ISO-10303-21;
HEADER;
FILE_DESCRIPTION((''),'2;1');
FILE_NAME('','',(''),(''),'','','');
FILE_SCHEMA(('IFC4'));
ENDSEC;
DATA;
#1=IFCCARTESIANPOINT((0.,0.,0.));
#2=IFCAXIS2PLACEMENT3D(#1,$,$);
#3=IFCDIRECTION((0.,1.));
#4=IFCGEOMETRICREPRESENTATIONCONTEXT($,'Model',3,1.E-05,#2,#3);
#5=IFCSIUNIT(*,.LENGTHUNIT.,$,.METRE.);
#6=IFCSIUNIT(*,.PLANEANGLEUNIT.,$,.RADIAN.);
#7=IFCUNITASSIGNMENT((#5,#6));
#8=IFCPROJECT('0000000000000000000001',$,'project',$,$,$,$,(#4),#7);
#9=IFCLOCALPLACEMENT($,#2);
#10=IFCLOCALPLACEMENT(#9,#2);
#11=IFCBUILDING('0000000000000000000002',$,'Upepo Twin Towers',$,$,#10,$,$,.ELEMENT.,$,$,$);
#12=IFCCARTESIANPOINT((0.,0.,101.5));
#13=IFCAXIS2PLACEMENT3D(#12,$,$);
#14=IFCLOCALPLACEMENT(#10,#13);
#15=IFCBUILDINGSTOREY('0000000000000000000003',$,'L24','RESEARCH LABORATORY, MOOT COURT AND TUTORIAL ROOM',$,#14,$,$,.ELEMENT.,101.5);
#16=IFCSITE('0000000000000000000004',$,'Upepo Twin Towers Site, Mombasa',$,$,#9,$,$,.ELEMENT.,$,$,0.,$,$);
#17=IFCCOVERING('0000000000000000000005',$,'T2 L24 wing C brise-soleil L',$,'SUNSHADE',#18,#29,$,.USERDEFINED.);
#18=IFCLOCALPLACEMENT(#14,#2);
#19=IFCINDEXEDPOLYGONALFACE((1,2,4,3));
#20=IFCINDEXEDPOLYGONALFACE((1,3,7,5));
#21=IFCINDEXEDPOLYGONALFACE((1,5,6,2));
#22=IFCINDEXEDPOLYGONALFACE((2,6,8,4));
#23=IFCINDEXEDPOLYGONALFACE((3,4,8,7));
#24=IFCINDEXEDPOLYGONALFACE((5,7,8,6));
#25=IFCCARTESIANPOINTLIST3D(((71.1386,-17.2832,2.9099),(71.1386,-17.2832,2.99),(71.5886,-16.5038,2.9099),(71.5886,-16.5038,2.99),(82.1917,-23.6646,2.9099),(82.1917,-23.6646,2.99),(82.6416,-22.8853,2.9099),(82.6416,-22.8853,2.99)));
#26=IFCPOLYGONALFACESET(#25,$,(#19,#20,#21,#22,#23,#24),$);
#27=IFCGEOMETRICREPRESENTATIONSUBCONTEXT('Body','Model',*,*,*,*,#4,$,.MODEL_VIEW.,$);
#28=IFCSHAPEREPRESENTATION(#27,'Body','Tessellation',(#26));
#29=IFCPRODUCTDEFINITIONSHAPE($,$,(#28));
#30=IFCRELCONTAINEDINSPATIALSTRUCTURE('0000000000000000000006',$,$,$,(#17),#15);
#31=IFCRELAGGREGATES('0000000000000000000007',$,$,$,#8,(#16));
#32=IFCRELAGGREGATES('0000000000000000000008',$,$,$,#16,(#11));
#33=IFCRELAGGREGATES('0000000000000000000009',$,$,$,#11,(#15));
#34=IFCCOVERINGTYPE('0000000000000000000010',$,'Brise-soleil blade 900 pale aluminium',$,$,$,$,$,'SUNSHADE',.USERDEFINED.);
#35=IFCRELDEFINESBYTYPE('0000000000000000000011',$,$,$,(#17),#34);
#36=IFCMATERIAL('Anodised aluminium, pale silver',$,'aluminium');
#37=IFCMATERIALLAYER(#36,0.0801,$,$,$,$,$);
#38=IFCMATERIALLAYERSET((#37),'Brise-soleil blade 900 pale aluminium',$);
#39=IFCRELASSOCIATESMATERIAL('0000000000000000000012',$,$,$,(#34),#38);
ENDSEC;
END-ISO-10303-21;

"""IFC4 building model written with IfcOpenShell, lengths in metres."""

from ifc_helpers import new_model, si_unit, direction, frame, origin, origin_2d, place, context, subcontext, project, spatial, rectangle, extrude, material, layer, layer_set, type_object, element, save


model = new_model("IFC4")

# Units and contexts
model_context = context("Model", 3, precision=1e-05, world=origin(), true_north=direction((0.0, 1.0)))
body_context = subcontext(model_context, "Body", "Model", "MODEL_VIEW")
ifc_project = project(units=[si_unit("LENGTHUNIT", "METRE"), si_unit("PLANEANGLEUNIT", "RADIAN")], contexts=[model_context])

# Site, building, storey
site_placement = place(None, origin())
site = spatial("IfcSite", under=ifc_project, at=site_placement, Name="Upepo Twin Towers Site, Mombasa", CompositionType="ELEMENT", RefElevation=0.0)
building_placement = place(site_placement, origin())
building = spatial("IfcBuilding", under=site, at=building_placement, Name="Upepo Twin Towers", CompositionType="ELEMENT")
storey_placement = place(building_placement, frame((0.0, 0.0, 101.5)))
storey = spatial("IfcBuildingStorey", under=building, at=storey_placement, Name="L24", Description="RESEARCH LABORATORY, MOOT COURT AND TUTORIAL ROOM", CompositionType="ELEMENT", Elevation=101.5)

# Covering
ifc_material_1 = material(Name="Anodised aluminium, pale silver", Category="aluminium")
ifc_layer_1 = layer(ifc_material_1, 0.0801)
ifc_layer_set_1 = layer_set([ifc_layer_1], Name="Brise-soleil blade 900 pale aluminium")
covering_type = type_object("IfcCoveringType", Name="Brise-soleil blade 900 pale aluminium", ElementType="SUNSHADE", PredefinedType="USERDEFINED", material=ifc_layer_set_1)
covering_placement = place(storey_placement, frame((76.8901, -20.0842, 2.9099), z_axis=(0.0, 0.0, 1.0), x_axis=(0.866025, -0.5, 0.0)))
element("IfcCovering", 1, at=covering_placement, inside=storey, type_object=covering_type, Name="T2 L24 wing C brise-soleil L", ObjectType="SUNSHADE", PredefinedType="USERDEFINED", context=body_context, shape_type="SweptSolid", body=[
    extrude(rectangle(XDim=12.7629, YDim=0.8999, at=origin_2d()), origin(), (0.0, 0.0, 1.0), 0.0801),
])

save(model, "model.ifc")
